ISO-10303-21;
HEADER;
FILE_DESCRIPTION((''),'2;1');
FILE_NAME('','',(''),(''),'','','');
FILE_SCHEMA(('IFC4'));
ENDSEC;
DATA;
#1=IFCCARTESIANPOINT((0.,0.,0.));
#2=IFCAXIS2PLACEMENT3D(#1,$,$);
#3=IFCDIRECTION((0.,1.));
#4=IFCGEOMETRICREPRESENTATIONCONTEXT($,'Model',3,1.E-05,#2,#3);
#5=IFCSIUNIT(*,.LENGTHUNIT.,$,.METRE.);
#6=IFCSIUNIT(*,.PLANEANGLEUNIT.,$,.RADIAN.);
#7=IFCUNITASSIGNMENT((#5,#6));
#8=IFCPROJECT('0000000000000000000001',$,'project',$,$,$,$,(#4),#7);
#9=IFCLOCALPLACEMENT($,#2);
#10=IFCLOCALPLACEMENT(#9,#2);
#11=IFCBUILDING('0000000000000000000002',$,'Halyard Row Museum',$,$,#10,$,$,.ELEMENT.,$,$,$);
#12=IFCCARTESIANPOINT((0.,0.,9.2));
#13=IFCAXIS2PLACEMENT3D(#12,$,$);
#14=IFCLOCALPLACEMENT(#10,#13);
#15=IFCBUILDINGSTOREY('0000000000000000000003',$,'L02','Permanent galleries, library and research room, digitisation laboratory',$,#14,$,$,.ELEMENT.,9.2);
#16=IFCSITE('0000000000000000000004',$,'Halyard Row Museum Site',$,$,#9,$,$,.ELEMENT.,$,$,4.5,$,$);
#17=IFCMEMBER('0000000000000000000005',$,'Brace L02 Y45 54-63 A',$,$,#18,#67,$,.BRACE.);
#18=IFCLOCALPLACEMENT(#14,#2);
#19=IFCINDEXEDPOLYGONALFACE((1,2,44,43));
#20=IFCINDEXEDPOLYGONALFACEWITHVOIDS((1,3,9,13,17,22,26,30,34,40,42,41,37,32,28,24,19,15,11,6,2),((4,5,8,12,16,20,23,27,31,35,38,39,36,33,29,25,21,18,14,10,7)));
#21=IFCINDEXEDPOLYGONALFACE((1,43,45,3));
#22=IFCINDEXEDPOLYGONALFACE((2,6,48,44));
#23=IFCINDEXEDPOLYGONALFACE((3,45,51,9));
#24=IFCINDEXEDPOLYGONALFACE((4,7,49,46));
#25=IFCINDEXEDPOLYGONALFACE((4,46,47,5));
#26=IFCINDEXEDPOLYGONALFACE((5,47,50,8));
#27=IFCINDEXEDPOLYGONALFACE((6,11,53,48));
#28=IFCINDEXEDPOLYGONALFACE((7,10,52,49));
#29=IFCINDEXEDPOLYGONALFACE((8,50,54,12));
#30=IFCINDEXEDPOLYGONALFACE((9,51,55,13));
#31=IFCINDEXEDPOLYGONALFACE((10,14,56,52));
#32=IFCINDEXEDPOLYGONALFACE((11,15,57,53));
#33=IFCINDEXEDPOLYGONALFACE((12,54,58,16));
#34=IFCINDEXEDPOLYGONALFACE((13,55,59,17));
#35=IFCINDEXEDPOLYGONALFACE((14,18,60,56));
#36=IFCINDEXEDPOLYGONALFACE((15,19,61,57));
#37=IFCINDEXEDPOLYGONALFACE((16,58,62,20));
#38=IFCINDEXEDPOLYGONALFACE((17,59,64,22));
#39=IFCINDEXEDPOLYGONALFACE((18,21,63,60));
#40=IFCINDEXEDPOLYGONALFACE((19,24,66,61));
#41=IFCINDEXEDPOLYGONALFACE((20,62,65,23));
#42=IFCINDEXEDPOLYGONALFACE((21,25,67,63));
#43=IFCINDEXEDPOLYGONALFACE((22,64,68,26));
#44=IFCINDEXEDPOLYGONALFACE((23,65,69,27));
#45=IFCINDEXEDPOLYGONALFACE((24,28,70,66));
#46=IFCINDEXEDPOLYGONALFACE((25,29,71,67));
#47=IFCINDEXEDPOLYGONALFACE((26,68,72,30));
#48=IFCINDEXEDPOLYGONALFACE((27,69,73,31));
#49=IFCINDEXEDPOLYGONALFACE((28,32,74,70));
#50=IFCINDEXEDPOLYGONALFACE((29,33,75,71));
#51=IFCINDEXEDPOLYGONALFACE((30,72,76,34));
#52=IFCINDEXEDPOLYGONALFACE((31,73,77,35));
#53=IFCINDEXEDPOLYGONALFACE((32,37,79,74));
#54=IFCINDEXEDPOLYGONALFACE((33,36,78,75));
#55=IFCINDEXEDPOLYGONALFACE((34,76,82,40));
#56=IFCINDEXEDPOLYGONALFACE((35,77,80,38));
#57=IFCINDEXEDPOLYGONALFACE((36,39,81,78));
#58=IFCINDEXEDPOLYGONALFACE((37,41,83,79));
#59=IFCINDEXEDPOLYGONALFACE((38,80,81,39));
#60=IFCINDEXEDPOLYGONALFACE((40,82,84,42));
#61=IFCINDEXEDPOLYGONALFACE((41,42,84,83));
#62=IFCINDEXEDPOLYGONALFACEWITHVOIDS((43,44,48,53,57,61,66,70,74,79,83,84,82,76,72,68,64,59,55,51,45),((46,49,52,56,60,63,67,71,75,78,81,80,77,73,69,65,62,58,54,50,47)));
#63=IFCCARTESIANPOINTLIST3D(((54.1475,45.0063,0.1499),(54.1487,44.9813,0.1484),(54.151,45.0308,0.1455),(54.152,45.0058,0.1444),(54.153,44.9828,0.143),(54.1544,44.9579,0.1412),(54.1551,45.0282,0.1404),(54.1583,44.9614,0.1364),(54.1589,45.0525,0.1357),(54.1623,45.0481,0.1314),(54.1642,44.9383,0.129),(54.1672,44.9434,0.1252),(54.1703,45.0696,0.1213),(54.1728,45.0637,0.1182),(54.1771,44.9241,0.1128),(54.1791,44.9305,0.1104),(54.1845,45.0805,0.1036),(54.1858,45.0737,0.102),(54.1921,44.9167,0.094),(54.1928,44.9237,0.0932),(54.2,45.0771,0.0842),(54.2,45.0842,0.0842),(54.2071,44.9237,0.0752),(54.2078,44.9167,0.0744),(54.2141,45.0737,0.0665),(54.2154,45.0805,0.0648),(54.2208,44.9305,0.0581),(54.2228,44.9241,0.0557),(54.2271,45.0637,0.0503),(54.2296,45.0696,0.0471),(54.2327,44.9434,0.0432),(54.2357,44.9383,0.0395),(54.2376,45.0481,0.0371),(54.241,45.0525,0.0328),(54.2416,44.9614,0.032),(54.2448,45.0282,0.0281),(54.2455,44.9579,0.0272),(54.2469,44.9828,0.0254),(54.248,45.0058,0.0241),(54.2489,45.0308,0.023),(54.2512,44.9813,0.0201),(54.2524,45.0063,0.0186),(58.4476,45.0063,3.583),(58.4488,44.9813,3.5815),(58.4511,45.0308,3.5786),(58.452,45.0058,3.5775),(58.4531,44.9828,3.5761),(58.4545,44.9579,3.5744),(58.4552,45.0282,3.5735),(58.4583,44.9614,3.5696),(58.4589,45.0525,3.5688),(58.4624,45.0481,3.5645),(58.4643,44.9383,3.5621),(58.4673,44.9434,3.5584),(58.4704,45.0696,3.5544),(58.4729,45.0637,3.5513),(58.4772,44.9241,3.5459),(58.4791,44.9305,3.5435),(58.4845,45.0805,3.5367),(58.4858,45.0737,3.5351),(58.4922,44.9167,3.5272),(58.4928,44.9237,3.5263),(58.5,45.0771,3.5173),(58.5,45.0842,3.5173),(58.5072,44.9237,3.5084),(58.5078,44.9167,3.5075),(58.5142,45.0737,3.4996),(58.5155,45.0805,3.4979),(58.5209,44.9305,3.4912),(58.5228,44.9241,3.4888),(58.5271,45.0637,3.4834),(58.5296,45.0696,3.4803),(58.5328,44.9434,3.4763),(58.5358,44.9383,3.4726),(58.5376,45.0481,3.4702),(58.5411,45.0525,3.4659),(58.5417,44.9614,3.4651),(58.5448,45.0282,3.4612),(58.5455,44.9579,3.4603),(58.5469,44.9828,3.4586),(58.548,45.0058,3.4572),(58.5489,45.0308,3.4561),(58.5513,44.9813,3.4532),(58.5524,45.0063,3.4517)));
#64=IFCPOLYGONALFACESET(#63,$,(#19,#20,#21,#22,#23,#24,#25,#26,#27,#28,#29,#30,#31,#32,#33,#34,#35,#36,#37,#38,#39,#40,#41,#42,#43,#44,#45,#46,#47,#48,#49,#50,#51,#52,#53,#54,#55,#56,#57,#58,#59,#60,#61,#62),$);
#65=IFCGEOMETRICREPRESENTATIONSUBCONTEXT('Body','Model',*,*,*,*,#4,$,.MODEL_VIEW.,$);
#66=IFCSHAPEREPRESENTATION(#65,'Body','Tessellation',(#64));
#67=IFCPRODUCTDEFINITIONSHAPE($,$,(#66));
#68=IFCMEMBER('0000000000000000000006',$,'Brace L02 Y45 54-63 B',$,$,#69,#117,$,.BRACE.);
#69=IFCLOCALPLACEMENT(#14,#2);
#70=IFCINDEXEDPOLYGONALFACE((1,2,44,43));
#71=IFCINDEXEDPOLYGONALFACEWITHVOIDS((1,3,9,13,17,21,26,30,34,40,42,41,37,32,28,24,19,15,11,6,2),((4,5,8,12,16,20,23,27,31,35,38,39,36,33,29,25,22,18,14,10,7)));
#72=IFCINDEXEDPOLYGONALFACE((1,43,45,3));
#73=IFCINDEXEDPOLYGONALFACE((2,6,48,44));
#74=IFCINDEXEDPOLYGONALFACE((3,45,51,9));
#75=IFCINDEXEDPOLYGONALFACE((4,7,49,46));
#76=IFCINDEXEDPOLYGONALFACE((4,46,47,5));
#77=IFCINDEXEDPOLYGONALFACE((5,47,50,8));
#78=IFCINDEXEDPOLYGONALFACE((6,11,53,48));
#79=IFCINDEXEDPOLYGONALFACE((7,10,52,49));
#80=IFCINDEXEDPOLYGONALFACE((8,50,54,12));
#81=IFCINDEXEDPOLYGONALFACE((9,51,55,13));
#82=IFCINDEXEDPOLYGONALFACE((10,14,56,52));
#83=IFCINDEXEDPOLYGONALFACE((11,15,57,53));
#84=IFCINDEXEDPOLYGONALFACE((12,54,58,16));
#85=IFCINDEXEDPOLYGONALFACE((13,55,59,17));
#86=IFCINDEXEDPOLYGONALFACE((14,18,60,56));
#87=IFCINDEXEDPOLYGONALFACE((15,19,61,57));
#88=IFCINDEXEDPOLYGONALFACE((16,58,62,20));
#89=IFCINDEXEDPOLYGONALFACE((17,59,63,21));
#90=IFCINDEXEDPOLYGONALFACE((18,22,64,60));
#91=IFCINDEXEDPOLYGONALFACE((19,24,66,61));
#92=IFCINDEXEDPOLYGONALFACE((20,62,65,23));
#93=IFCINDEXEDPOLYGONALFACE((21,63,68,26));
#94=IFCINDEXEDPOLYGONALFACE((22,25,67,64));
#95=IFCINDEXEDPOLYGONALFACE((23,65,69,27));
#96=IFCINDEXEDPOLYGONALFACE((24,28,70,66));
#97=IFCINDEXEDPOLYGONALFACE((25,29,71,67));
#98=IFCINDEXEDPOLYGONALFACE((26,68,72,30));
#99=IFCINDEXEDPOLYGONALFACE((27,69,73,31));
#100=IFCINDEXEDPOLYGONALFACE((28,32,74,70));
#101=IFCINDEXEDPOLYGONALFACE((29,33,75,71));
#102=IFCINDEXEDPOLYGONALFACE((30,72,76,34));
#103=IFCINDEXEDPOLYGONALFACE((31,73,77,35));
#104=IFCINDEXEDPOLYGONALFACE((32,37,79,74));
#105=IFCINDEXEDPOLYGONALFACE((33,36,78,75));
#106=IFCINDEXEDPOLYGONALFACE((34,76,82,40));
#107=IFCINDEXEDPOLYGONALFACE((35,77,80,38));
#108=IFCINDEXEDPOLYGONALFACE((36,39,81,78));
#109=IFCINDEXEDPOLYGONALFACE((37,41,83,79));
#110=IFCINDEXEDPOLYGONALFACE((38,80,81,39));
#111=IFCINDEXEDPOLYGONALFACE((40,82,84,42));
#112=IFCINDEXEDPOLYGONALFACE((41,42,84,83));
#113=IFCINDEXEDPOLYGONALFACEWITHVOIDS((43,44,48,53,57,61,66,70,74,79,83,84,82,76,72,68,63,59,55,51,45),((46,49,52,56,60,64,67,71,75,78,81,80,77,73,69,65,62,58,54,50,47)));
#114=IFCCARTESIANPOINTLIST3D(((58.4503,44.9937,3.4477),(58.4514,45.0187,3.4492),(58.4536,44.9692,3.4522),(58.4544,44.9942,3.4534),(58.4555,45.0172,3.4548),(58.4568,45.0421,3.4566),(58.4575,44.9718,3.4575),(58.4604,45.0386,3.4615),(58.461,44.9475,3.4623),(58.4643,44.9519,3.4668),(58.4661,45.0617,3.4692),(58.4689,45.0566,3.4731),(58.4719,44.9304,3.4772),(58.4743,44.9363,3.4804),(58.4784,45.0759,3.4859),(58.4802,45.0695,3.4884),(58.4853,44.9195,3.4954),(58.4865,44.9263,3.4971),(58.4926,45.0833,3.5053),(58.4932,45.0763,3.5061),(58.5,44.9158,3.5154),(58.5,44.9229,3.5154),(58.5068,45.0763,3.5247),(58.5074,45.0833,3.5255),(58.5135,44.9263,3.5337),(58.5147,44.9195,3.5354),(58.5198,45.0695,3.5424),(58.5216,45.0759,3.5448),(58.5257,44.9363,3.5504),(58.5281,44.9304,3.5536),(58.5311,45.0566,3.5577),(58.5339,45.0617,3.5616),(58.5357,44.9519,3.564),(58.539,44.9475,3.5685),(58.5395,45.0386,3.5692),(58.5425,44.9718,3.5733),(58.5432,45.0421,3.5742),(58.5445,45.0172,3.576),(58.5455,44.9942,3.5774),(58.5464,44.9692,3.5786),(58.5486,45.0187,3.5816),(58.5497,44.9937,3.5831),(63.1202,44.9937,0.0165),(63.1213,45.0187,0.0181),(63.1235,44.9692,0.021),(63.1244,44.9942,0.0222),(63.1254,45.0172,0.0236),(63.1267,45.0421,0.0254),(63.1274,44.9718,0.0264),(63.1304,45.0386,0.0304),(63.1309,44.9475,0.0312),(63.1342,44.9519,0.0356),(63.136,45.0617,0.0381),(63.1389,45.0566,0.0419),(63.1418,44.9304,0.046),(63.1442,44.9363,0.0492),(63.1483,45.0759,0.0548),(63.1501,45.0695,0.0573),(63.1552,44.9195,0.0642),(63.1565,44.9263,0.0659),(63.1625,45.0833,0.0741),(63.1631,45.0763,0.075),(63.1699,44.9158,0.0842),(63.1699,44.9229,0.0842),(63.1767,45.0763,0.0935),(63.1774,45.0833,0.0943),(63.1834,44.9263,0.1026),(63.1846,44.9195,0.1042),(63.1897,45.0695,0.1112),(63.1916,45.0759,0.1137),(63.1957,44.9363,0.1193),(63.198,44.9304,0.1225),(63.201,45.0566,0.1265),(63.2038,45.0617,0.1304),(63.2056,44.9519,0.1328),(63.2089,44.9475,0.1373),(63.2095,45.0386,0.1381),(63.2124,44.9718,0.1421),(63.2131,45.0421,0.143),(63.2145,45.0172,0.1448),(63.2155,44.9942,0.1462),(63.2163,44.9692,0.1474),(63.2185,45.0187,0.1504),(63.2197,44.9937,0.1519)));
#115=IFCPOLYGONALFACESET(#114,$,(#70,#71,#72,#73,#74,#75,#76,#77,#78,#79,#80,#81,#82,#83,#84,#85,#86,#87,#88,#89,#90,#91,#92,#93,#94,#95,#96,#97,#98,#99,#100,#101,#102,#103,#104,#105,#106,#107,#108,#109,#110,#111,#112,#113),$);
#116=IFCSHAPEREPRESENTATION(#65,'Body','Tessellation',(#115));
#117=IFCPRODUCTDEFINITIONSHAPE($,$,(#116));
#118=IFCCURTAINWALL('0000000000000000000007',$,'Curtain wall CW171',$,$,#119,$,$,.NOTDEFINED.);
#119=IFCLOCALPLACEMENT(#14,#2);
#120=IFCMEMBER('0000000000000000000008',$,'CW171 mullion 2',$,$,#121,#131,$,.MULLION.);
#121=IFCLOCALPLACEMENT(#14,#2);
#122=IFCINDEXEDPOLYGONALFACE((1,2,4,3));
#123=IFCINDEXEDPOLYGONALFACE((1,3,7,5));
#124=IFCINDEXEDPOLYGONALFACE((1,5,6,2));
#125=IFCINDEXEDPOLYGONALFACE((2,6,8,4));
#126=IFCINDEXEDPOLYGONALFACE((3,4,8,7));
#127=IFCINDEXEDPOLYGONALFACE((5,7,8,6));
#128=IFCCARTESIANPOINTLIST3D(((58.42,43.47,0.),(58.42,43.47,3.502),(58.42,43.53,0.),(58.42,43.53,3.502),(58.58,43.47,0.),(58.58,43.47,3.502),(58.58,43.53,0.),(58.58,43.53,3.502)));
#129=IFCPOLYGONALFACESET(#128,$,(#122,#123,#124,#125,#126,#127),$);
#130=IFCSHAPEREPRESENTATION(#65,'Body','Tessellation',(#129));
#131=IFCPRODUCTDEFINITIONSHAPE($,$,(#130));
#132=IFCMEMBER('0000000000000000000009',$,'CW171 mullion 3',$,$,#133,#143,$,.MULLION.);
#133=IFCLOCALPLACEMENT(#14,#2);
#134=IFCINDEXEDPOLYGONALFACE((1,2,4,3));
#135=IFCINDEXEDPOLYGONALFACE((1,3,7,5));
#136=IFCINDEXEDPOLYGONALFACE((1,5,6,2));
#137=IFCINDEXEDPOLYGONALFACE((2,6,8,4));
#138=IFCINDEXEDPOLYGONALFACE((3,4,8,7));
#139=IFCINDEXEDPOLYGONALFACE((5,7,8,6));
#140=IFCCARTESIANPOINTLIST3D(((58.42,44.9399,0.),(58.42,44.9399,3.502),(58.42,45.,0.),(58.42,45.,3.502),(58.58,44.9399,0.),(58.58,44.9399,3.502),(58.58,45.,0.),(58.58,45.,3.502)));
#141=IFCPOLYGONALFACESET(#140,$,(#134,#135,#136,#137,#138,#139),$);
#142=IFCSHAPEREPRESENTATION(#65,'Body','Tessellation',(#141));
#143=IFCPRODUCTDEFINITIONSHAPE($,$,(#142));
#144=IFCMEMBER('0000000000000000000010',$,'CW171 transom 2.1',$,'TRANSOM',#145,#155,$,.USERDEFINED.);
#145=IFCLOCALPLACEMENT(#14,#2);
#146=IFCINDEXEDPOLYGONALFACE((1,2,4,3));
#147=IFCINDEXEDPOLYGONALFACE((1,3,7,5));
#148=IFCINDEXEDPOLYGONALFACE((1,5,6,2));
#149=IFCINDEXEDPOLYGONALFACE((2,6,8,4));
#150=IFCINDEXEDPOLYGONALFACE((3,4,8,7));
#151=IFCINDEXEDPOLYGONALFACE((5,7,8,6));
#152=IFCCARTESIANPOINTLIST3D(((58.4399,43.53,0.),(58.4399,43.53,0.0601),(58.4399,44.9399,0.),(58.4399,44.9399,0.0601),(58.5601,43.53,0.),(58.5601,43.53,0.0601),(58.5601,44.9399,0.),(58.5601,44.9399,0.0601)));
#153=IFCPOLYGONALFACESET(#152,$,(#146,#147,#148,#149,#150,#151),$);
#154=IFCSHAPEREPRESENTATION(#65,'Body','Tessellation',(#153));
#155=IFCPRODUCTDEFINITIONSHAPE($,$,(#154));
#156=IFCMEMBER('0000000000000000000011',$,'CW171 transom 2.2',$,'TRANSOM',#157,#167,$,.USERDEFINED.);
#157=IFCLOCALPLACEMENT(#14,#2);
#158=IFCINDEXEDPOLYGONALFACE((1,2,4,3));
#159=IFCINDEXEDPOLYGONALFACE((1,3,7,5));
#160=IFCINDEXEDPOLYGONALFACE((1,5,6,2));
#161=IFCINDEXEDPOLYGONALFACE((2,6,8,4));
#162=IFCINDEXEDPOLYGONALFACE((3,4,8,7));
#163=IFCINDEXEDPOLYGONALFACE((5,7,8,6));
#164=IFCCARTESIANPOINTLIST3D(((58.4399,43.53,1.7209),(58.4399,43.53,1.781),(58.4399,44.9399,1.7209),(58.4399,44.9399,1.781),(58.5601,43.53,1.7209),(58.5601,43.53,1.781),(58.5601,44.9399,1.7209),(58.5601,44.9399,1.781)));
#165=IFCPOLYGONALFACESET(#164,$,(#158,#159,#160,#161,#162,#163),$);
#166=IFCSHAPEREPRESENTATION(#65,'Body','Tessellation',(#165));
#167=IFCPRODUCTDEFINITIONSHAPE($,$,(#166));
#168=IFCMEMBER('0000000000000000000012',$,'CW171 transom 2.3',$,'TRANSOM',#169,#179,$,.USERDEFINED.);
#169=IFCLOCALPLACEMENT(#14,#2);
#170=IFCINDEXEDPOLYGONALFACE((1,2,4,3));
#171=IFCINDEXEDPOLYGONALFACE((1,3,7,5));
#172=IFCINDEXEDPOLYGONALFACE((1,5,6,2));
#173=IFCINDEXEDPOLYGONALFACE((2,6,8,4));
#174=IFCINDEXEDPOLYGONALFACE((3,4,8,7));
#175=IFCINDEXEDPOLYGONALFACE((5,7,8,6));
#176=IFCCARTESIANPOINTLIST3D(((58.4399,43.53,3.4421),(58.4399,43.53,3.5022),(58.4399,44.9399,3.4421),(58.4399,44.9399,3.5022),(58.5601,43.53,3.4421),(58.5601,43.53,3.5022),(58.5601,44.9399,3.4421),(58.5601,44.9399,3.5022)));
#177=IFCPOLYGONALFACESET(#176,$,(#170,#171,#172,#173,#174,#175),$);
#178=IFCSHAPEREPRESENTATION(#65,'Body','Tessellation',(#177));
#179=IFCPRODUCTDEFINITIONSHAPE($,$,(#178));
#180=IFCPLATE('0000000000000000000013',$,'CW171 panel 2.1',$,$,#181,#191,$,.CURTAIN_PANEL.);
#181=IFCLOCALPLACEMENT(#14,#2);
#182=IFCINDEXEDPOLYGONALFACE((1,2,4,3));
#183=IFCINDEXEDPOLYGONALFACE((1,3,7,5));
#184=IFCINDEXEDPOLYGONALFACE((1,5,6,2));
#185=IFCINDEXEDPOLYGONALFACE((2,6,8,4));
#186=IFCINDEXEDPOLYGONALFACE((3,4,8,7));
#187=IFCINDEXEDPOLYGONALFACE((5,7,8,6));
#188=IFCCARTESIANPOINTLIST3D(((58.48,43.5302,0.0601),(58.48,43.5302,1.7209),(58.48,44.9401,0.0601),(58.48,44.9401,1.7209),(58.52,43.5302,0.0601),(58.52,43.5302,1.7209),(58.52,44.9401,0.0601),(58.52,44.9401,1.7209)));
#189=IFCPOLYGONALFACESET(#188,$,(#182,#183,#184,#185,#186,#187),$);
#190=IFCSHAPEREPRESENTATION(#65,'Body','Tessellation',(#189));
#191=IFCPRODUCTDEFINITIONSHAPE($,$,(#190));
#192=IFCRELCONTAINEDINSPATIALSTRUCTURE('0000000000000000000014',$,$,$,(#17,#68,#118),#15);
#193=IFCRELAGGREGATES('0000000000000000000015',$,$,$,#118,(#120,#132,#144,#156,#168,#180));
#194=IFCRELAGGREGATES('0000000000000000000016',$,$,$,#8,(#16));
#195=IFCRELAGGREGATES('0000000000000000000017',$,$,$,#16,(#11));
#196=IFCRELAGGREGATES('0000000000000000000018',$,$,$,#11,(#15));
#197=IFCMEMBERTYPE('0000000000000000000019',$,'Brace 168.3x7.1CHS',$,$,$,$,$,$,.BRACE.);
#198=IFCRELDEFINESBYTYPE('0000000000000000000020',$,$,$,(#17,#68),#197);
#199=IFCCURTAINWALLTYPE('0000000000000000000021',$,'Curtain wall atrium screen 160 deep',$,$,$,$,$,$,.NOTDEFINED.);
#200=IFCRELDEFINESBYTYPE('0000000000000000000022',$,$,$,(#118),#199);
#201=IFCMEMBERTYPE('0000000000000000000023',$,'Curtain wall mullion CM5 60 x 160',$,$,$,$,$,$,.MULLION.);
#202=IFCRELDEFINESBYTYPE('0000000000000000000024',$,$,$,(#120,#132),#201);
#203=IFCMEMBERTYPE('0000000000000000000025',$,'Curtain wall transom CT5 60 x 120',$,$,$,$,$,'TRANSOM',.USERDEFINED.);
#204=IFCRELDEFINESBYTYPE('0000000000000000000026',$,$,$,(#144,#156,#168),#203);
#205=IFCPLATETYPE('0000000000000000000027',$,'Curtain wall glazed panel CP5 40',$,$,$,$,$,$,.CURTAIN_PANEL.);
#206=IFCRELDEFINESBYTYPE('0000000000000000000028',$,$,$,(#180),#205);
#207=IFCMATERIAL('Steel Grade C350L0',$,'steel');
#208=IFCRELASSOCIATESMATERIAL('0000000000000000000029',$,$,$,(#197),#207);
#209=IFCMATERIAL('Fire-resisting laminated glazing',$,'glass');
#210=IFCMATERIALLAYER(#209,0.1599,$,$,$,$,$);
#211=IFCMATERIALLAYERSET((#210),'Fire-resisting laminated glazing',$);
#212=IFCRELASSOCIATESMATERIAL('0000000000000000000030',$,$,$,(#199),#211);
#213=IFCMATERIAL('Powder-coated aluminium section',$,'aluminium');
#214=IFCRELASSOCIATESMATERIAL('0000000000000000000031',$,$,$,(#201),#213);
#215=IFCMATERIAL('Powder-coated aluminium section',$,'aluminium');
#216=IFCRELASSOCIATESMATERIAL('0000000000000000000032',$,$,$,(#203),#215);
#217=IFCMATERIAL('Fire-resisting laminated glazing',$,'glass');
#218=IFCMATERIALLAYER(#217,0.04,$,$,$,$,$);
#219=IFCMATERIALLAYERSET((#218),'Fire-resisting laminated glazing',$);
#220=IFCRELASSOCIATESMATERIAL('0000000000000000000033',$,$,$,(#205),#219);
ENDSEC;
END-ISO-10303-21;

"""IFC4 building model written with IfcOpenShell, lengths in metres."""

from ifc_helpers import new_model, si_unit, direction, frame, origin, origin_2d, place, context, subcontext, project, spatial, rectangle, hollow_circle, extrude, material, layer, layer_set, material_profile, profile_set, type_object, element, aggregate, save


model = new_model("IFC4")

# Units and contexts
model_context = context("Model", 3, precision=1e-05, world=origin(), true_north=direction((0.0, 1.0)))
body_context = subcontext(model_context, "Body", "Model", "MODEL_VIEW")
ifc_project = project(units=[si_unit("LENGTHUNIT", "METRE"), si_unit("PLANEANGLEUNIT", "RADIAN")], contexts=[model_context])

# Site, building, storey
site_placement = place(None, origin())
site = spatial("IfcSite", under=ifc_project, at=site_placement, Name="Halyard Row Museum Site", CompositionType="ELEMENT", RefElevation=4.5)
building_placement = place(site_placement, origin())
building = spatial("IfcBuilding", under=site, at=building_placement, Name="Halyard Row Museum", CompositionType="ELEMENT")
storey_placement = place(building_placement, frame((0.0, 0.0, 9.2)))
storey = spatial("IfcBuildingStorey", under=building, at=storey_placement, Name="L02", Description="Permanent galleries, library and research room, digitisation laboratory", CompositionType="ELEMENT", Elevation=9.2)

# Members
ifc_material_1 = material(Name="Steel Grade C350L0", Category="steel")
ifc_material_profile_1 = material_profile(ifc_material_1, hollow_circle(Radius=0.0842, WallThickness=0.0071, at=origin_2d()), Name="168.3x7.1CHS")
ifc_profile_set_1 = profile_set([ifc_material_profile_1], Name="Steel Grade C350L0")
member_type_1 = type_object("IfcMemberType", Name="Brace 168.3x7.1CHS", PredefinedType="BRACE", material=ifc_profile_set_1)
member_1_placement = place(storey_placement, frame((54.2, 45.0, 0.0842), z_axis=(0.781483, 0.0, 0.623926), x_axis=(0.0, 1.0, 0.0)))
element("IfcMember", 1, at=member_1_placement, inside=storey, type_object=member_type_1, Name="Brace L02 Y45 54-63 A", PredefinedType="BRACE", context=body_context, shape_type="SweptSolid", body=[
    extrude(hollow_circle(Radius=0.0842, WallThickness=0.0071, at=origin_2d()), origin(), (0.0, 0.0, 1.0), 5.5024),
])
member_2_placement = place(storey_placement, frame((63.1699, 45.0, 0.0842), z_axis=(-0.805866, 0.0, 0.592098), x_axis=(0.0, -1.0, 0.0)))
element("IfcMember", 2, at=member_2_placement, inside=storey, type_object=member_type_1, Name="Brace L02 Y45 54-63 B", PredefinedType="BRACE", context=body_context, shape_type="SweptSolid", body=[
    extrude(hollow_circle(Radius=0.0842, WallThickness=0.0071, at=origin_2d()), origin(), (0.0, 0.0, 1.0), 5.7949),
])

# Curtain wall, members, plate
ifc_material_2 = material(Name="Fire-resisting laminated glazing", Category="glass")
ifc_layer_1 = layer(ifc_material_2, 0.1599)
ifc_layer_set_1 = layer_set([ifc_layer_1], Name="Fire-resisting laminated glazing")
curtain_wall_type = type_object("IfcCurtainWallType", Name="Curtain wall atrium screen 160 deep", PredefinedType="NOTDEFINED", material=ifc_layer_set_1)
curtain_wall_placement = place(storey_placement, origin())
curtain_wall = element("IfcCurtainWall", 3, at=curtain_wall_placement, inside=storey, type_object=curtain_wall_type, Name="Curtain wall CW171", PredefinedType="NOTDEFINED")
ifc_material_3 = material(Name="Powder-coated aluminium section", Category="aluminium")
ifc_material_profile_2 = material_profile(ifc_material_3, rectangle(XDim=0.1599, YDim=0.0601, at=origin_2d()), Name="160x60 mullion")
ifc_profile_set_2 = profile_set([ifc_material_profile_2], Name="Powder-coated aluminium section")
member_type_2 = type_object("IfcMemberType", Name="Curtain wall mullion CM5 60 x 160", PredefinedType="MULLION", material=ifc_profile_set_2)
member_3_placement = place(storey_placement, frame((58.5, 43.5, 0.0), z_axis=(0.0, 0.0, 1.0), x_axis=(-1.0, 0.0, 0.0)))
member_3 = element("IfcMember", 4, at=member_3_placement, type_object=member_type_2, Name="CW171 mullion 2", PredefinedType="MULLION", context=body_context, shape_type="SweptSolid", body=[
    extrude(rectangle(XDim=0.1599, YDim=0.0601, at=origin_2d()), origin(), (0.0, 0.0, 1.0), 3.502),
])
member_4_placement = place(storey_placement, frame((58.5, 44.97, 0.0), z_axis=(0.0, 0.0, 1.0), x_axis=(-1.0, 0.0, 0.0)))
member_4 = element("IfcMember", 5, at=member_4_placement, type_object=member_type_2, Name="CW171 mullion 3", PredefinedType="MULLION", context=body_context, shape_type="SweptSolid", body=[
    extrude(rectangle(XDim=0.1599, YDim=0.0601, at=origin_2d()), origin(), (0.0, 0.0, 1.0), 3.502),
])
ifc_material_4 = material(Name="Powder-coated aluminium section", Category="aluminium")
ifc_material_profile_3 = material_profile(ifc_material_4, rectangle(XDim=0.1201, YDim=0.0601, at=origin_2d()), Name="120x60 transom")
ifc_profile_set_3 = profile_set([ifc_material_profile_3], Name="Powder-coated aluminium section")
member_type_3 = type_object("IfcMemberType", Name="Curtain wall transom CT5 60 x 120", ElementType="TRANSOM", PredefinedType="USERDEFINED", material=ifc_profile_set_3)
member_5_placement = place(storey_placement, frame((58.5, 43.53, 0.03), z_axis=(0.0, 1.0, 0.0), x_axis=(-1.0, 0.0, 0.0)))
member_5 = element("IfcMember", 6, at=member_5_placement, type_object=member_type_3, Name="CW171 transom 2.1", ObjectType="TRANSOM", PredefinedType="USERDEFINED", context=body_context, shape_type="SweptSolid", body=[
    extrude(rectangle(XDim=0.1201, YDim=0.0601, at=origin_2d()), origin(), (0.0, 0.0, 1.0), 1.4099),
])
member_6_placement = place(storey_placement, frame((58.5, 43.53, 1.751), z_axis=(0.0, 1.0, 0.0), x_axis=(-1.0, 0.0, 0.0)))
member_6 = element("IfcMember", 7, at=member_6_placement, type_object=member_type_3, Name="CW171 transom 2.2", ObjectType="TRANSOM", PredefinedType="USERDEFINED", context=body_context, shape_type="SweptSolid", body=[
    extrude(rectangle(XDim=0.1201, YDim=0.0601, at=origin_2d()), origin(), (0.0, 0.0, 1.0), 1.4099),
])
member_7_placement = place(storey_placement, frame((58.5, 43.53, 3.4722), z_axis=(0.0, 1.0, 0.0), x_axis=(-1.0, 0.0, 0.0)))
member_7 = element("IfcMember", 8, at=member_7_placement, type_object=member_type_3, Name="CW171 transom 2.3", ObjectType="TRANSOM", PredefinedType="USERDEFINED", context=body_context, shape_type="SweptSolid", body=[
    extrude(rectangle(XDim=0.1201, YDim=0.0601, at=origin_2d()), origin(), (0.0, 0.0, 1.0), 1.4099),
])
ifc_material_5 = material(Name="Fire-resisting laminated glazing", Category="glass")
ifc_layer_2 = layer(ifc_material_5, 0.04)
ifc_layer_set_2 = layer_set([ifc_layer_2], Name="Fire-resisting laminated glazing")
plate_type = type_object("IfcPlateType", Name="Curtain wall glazed panel CP5 40", PredefinedType="CURTAIN_PANEL", material=ifc_layer_set_2)
plate_1_placement = place(storey_placement, frame((58.5, 44.2351, 0.0601), z_axis=(0.0, 0.0, 1.0), x_axis=(0.0, 1.0, 0.0)))
plate_1 = element("IfcPlate", 9, at=plate_1_placement, type_object=plate_type, Name="CW171 panel 2.1", PredefinedType="CURTAIN_PANEL", context=body_context, shape_type="SweptSolid", body=[
    extrude(rectangle(XDim=1.4099, YDim=0.04, at=origin_2d()), origin(), (0.0, 0.0, 1.0), 1.6609),
])
aggregate(curtain_wall, [member_3, member_4, member_5, member_6, member_7, plate_1])

save(model, "model.ifc")
